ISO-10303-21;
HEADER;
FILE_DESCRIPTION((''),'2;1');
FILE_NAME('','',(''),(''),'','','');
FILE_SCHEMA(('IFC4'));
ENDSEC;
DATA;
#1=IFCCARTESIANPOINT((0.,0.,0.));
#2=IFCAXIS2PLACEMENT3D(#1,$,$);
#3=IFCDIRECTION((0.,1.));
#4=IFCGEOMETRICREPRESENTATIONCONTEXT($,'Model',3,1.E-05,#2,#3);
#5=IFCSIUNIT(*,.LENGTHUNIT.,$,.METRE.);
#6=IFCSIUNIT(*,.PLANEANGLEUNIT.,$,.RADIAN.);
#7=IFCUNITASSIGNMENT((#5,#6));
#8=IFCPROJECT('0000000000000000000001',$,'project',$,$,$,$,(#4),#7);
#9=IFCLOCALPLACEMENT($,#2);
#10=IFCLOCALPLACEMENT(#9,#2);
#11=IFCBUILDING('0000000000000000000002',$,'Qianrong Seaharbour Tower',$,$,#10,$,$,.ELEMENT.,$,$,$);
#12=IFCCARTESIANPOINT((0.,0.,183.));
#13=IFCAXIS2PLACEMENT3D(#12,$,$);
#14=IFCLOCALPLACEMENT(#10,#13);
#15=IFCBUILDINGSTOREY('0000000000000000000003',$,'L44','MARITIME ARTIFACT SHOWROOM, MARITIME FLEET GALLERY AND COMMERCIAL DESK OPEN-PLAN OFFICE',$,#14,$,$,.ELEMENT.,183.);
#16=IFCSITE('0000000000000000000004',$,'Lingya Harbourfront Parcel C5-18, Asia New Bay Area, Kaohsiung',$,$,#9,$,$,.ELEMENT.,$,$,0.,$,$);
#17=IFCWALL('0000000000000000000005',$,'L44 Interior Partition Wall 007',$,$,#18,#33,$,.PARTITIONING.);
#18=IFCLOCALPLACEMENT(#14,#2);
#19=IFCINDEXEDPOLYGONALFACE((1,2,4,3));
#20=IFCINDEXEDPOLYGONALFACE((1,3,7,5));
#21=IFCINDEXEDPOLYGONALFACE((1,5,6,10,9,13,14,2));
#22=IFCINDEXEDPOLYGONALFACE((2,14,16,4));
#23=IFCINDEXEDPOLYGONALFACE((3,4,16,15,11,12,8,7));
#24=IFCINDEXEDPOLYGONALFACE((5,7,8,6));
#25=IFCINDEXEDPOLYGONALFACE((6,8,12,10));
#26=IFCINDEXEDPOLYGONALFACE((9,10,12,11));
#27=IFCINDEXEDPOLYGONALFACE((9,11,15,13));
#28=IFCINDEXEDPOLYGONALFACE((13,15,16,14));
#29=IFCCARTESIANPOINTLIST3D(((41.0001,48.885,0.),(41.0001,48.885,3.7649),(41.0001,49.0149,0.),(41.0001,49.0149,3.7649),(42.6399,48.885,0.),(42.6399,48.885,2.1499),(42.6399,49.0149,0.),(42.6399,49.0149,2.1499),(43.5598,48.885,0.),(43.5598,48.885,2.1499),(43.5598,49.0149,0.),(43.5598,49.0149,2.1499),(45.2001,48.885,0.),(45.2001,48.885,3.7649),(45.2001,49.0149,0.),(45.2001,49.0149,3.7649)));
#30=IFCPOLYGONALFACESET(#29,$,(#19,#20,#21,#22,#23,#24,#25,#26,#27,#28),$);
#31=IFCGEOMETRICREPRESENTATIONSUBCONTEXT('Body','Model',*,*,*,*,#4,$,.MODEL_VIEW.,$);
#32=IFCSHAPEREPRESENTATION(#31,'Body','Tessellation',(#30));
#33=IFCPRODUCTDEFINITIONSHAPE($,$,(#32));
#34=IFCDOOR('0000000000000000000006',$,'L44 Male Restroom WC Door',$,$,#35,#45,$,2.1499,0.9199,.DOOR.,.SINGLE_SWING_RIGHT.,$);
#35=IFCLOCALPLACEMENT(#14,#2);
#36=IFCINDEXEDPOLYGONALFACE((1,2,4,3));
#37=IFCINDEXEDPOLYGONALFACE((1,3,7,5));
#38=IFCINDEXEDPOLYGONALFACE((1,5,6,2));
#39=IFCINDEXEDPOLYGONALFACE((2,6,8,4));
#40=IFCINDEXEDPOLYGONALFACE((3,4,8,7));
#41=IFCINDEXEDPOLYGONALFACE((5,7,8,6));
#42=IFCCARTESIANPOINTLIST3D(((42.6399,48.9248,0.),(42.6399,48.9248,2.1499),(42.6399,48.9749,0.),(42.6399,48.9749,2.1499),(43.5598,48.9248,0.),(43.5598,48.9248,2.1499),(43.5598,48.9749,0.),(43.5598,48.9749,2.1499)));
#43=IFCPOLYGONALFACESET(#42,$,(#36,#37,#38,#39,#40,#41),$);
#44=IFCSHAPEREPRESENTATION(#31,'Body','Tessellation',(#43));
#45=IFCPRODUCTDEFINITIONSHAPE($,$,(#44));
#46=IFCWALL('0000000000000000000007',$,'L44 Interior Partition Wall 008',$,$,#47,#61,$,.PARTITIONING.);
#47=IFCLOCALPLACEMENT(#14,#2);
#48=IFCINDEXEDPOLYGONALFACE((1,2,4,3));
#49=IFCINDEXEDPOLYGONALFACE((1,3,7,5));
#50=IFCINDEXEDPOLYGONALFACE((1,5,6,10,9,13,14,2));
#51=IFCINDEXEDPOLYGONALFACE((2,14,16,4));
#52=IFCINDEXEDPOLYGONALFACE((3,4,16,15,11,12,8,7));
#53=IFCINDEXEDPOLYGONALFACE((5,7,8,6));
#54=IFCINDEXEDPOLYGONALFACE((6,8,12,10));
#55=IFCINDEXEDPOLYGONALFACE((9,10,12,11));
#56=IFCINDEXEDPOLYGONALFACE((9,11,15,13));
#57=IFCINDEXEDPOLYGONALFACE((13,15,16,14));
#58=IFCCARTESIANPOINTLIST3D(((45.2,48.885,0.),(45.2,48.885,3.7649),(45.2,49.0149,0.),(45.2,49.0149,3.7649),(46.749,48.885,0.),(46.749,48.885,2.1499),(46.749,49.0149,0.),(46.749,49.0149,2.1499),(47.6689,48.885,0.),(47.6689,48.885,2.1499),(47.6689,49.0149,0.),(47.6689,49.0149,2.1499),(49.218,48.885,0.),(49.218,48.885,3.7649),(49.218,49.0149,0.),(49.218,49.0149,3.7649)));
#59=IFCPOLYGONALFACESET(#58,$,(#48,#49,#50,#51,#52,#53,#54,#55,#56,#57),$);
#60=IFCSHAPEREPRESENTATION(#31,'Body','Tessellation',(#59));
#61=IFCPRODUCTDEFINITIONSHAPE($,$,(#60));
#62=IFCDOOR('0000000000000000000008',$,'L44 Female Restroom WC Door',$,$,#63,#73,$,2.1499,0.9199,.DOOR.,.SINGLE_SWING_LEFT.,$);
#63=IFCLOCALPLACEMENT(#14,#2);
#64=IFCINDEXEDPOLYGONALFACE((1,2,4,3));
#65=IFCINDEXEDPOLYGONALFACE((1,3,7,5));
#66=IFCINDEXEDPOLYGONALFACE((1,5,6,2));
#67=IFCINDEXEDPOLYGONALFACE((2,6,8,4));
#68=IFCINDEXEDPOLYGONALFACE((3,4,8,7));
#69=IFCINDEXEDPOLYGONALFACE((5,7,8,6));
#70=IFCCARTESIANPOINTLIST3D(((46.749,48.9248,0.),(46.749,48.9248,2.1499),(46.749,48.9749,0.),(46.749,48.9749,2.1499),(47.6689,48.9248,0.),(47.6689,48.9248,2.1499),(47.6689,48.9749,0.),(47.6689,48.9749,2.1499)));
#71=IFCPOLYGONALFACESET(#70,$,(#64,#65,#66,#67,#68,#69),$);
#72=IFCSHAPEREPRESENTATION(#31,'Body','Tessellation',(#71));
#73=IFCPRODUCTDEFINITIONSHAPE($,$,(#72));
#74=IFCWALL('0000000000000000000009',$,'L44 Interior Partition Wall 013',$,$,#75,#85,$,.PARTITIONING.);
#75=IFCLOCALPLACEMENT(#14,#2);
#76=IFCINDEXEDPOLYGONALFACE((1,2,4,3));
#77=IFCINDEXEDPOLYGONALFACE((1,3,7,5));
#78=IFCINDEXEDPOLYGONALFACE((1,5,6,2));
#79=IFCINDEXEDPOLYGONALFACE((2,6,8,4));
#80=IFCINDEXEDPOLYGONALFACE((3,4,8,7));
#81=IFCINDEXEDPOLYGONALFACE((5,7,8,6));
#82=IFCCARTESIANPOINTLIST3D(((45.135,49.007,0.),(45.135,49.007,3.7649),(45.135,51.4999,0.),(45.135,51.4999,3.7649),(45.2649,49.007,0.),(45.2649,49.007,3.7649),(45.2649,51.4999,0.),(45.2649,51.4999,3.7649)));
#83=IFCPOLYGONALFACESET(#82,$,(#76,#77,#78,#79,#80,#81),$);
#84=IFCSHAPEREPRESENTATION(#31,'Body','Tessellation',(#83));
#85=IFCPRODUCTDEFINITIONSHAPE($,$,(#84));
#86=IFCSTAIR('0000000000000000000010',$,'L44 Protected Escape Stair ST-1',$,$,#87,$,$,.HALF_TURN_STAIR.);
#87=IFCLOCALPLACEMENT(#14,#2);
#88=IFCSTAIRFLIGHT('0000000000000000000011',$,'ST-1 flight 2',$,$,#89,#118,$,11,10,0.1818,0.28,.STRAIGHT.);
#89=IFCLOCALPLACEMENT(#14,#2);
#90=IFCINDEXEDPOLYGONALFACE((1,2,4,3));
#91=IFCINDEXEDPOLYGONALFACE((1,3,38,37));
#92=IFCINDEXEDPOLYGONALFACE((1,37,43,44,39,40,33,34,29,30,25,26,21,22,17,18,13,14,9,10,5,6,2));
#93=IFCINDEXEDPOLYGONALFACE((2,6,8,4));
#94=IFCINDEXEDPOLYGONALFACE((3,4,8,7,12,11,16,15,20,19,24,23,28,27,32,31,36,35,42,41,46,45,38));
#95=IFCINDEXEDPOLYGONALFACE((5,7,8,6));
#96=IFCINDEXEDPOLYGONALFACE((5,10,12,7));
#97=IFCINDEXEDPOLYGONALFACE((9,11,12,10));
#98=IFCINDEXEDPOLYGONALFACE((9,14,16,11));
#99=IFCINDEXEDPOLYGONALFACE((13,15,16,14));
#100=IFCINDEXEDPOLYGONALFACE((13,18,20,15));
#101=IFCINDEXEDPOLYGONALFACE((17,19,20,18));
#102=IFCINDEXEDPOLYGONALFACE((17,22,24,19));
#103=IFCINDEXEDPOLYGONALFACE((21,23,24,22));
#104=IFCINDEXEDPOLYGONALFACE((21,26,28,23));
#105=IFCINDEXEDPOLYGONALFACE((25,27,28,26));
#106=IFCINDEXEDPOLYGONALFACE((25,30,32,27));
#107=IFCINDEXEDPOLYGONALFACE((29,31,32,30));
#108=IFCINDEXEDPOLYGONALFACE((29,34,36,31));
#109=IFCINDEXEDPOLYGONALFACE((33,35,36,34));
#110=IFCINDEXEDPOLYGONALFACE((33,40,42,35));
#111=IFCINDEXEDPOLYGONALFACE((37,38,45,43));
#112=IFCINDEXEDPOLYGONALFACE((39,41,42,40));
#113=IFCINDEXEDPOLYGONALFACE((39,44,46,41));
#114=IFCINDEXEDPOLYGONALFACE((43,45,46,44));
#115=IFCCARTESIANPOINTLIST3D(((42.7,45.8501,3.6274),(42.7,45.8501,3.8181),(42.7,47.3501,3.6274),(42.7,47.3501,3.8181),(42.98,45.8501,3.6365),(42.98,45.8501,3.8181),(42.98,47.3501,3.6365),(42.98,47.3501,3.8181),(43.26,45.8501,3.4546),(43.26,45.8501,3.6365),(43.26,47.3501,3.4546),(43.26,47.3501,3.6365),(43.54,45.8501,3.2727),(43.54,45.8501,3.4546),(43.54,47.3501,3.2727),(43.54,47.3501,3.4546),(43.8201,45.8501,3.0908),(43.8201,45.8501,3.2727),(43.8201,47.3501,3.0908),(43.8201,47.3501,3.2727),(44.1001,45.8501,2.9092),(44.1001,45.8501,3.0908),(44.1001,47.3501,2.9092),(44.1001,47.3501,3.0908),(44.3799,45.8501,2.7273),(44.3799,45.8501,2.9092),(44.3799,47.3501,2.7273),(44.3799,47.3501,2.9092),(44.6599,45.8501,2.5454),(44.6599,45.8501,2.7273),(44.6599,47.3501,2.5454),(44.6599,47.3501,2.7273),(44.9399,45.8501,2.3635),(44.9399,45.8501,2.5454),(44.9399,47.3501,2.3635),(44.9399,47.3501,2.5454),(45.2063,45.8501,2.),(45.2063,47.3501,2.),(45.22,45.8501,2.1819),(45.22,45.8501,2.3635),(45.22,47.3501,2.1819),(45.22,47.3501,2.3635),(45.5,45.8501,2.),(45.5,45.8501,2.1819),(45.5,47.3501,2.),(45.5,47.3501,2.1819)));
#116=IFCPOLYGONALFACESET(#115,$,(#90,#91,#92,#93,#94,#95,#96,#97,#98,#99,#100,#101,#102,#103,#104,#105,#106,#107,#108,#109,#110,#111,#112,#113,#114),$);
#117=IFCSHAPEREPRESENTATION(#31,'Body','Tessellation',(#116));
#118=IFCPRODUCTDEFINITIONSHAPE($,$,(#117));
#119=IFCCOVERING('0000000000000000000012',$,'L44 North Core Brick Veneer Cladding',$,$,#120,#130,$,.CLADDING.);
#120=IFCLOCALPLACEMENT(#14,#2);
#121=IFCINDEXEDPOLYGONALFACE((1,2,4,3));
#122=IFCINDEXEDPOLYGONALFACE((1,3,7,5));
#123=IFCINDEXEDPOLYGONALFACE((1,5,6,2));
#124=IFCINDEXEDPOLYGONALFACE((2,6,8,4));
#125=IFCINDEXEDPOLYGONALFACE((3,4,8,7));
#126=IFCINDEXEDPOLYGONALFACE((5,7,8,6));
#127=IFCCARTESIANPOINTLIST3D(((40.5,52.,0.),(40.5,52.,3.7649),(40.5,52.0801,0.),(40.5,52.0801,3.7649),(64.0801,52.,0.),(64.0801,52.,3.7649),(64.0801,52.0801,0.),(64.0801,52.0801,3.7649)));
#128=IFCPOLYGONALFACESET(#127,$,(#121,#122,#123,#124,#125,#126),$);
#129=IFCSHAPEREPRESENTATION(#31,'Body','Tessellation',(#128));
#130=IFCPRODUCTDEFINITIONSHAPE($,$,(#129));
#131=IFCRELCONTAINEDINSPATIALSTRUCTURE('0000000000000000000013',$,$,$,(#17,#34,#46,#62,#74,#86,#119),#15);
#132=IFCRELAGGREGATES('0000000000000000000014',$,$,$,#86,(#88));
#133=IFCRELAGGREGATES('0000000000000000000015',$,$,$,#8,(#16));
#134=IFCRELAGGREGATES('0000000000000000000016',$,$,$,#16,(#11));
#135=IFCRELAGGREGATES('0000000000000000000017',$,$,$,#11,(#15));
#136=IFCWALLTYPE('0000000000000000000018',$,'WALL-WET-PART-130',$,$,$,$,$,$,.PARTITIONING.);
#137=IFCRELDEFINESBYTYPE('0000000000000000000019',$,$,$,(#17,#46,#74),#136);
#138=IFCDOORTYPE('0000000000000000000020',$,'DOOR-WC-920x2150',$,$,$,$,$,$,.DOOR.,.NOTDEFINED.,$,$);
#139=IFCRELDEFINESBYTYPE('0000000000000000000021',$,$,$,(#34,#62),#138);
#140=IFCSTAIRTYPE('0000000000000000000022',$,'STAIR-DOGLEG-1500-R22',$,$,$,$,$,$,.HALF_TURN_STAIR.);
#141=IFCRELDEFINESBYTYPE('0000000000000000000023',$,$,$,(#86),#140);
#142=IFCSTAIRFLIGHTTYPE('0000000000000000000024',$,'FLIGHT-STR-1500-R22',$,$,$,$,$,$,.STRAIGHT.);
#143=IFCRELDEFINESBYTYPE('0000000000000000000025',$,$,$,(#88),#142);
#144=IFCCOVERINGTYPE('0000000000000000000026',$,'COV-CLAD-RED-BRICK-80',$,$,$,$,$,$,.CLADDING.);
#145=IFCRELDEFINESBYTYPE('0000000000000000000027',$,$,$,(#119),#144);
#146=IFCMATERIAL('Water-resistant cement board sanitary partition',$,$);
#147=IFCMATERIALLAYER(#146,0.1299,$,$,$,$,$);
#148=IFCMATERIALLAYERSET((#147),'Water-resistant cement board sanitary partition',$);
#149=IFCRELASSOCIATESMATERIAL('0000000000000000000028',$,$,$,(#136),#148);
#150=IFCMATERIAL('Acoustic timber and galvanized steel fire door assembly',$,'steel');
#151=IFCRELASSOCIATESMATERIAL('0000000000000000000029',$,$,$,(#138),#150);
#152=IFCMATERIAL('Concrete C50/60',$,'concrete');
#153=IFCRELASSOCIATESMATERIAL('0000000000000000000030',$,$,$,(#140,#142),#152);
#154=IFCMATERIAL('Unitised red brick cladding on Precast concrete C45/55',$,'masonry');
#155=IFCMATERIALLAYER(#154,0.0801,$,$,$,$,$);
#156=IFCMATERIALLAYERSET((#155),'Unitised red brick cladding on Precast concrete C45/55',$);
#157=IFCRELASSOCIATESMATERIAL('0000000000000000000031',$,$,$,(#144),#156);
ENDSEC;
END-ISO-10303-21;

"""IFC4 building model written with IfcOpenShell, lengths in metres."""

from ifc_helpers import new_model, si_unit, direction, frame, frame_2d, origin, origin_2d, place, context, subcontext, project, spatial, polyline, rectangle, outline, extrude, material, layer, layer_set, type_object, element, fill, aggregate, save


model = new_model("IFC4")

# Units and contexts
model_context = context("Model", 3, precision=1e-05, world=origin(), true_north=direction((0.0, 1.0)))
body_context = subcontext(model_context, "Body", "Model", "MODEL_VIEW")
ifc_project = project(units=[si_unit("LENGTHUNIT", "METRE"), si_unit("PLANEANGLEUNIT", "RADIAN")], contexts=[model_context])

# Site, building, storey
site_placement = place(None, origin())
site = spatial("IfcSite", under=ifc_project, at=site_placement, Name="Lingya Harbourfront Parcel C5-18, Asia New Bay Area, Kaohsiung", CompositionType="ELEMENT", RefElevation=0.0)
building_placement = place(site_placement, origin())
building = spatial("IfcBuilding", under=site, at=building_placement, Name="Qianrong Seaharbour Tower", CompositionType="ELEMENT")
storey_placement = place(building_placement, frame((0.0, 0.0, 183.0)))
storey = spatial("IfcBuildingStorey", under=building, at=storey_placement, Name="L44", Description="MARITIME ARTIFACT SHOWROOM, MARITIME FLEET GALLERY AND COMMERCIAL DESK OPEN-PLAN OFFICE", CompositionType="ELEMENT", Elevation=183.0)

# Shared definitions
ifc_material_1 = material(Name="Concrete C50/60", Category="concrete")

# Walls, openings, doors
ifc_material_2 = material(Name="Acoustic timber and galvanized steel fire door assembly", Category="steel")
ifc_material_3 = material(Name="Water-resistant cement board sanitary partition")
ifc_layer_1 = layer(ifc_material_3, 0.1299)
ifc_layer_set_1 = layer_set([ifc_layer_1], Name="Water-resistant cement board sanitary partition")
wall_type_1 = type_object("IfcWallType", Name="WALL-WET-PART-130", PredefinedType="PARTITIONING", material=ifc_layer_set_1)
wall_1_placement = place(storey_placement, frame((41.0, 48.95, 0.0), z_axis=(0.0, 0.0, 1.0), x_axis=(1.0, 0.0, 0.0)))
wall_1 = element("IfcWall", 1, at=wall_1_placement, inside=storey, type_object=wall_type_1, Name="L44 Interior Partition Wall 007", PredefinedType="PARTITIONING", context=body_context, shape_type="SweptSolid", body=[
    extrude(rectangle(XDim=4.2, YDim=0.1299, at=frame_2d((2.1001, 0.0))), origin(), (0.0, 0.0, 1.0), 3.7649),
])
opening_1_placement = place(wall_1_placement, frame((1.6399, 0.0, 0.0)))
opening_1 = element("IfcOpeningElement", 2, at=opening_1_placement, cuts=wall_1, PredefinedType="OPENING", context=body_context, shape_type="SweptSolid", body=[
    extrude(rectangle(XDim=0.9199, YDim=2.1499, at=frame_2d((0.46, 1.075))), frame((0.0, 0.075, 0.0), z_axis=(0.0, -1.0, 0.0), x_axis=(1.0, 0.0, 0.0)), (0.0, 0.0, 1.0), 0.1499),
])
door_type_1 = type_object("IfcDoorType", Name="DOOR-WC-920x2150", OperationType="NOTDEFINED", PredefinedType="DOOR", material=ifc_material_2)
door_1_placement = place(opening_1_placement, origin())
door_1 = element("IfcDoor", 3, at=door_1_placement, inside=storey, type_object=door_type_1, Name="L44 Male Restroom WC Door", OperationType="SINGLE_SWING_RIGHT", OverallHeight=2.1499, OverallWidth=0.9199, PredefinedType="DOOR", context=body_context, shape_type="SweptSolid", body=[
    extrude(rectangle(XDim=0.9199, YDim=2.1499, at=frame_2d((0.46, 1.075))), frame((0.0, 0.0249, 0.0), z_axis=(0.0, -1.0, 0.0), x_axis=(1.0, 0.0, 0.0)), (0.0, 0.0, 1.0), 0.05),
])
fill(opening_1, door_1)
wall_2_placement = place(storey_placement, frame((45.2, 48.95, 0.0), z_axis=(0.0, 0.0, 1.0), x_axis=(1.0, 0.0, 0.0)))
wall_2 = element("IfcWall", 4, at=wall_2_placement, inside=storey, type_object=wall_type_1, Name="L44 Interior Partition Wall 008", PredefinedType="PARTITIONING", context=body_context, shape_type="SweptSolid", body=[
    extrude(rectangle(XDim=4.0181, YDim=0.1299, at=frame_2d((2.009, 0.0))), origin(), (0.0, 0.0, 1.0), 3.7649),
])
opening_2_placement = place(wall_2_placement, frame((1.5491, 0.0, 0.0)))
opening_2 = element("IfcOpeningElement", 5, at=opening_2_placement, cuts=wall_2, PredefinedType="OPENING", context=body_context, shape_type="SweptSolid", body=[
    extrude(rectangle(XDim=0.9199, YDim=2.1499, at=frame_2d((0.46, 1.075))), frame((0.0, 0.075, 0.0), z_axis=(0.0, -1.0, 0.0), x_axis=(1.0, 0.0, 0.0)), (0.0, 0.0, 1.0), 0.1499),
])
door_2_placement = place(opening_2_placement, origin())
door_2 = element("IfcDoor", 6, at=door_2_placement, inside=storey, type_object=door_type_1, Name="L44 Female Restroom WC Door", OperationType="SINGLE_SWING_LEFT", OverallHeight=2.1499, OverallWidth=0.9199, PredefinedType="DOOR", context=body_context, shape_type="SweptSolid", body=[
    extrude(rectangle(XDim=0.9199, YDim=2.1499, at=frame_2d((0.46, 1.075))), frame((0.0, 0.0249, 0.0), z_axis=(0.0, -1.0, 0.0), x_axis=(1.0, 0.0, 0.0)), (0.0, 0.0, 1.0), 0.05),
])
fill(opening_2, door_2)

# Wall
wall_3_placement = place(storey_placement, frame((45.2, 51.5, 0.0), z_axis=(0.0, 0.0, 1.0), x_axis=(0.0, -1.0, 0.0)))
element("IfcWall", 7, at=wall_3_placement, inside=storey, type_object=wall_type_1, Name="L44 Interior Partition Wall 013", PredefinedType="PARTITIONING", context=body_context, shape_type="SweptSolid", body=[
    extrude(rectangle(XDim=2.4929, YDim=0.1299, at=frame_2d((1.2466, 0.0))), origin(), (0.0, 0.0, 1.0), 3.7649),
])

# Stair, stair flight
stair_type = type_object("IfcStairType", Name="STAIR-DOGLEG-1500-R22", PredefinedType="HALF_TURN_STAIR", material=ifc_material_1)
stair_placement = place(storey_placement, origin())
stair = element("IfcStair", 8, at=stair_placement, inside=storey, type_object=stair_type, Name="L44 Protected Escape Stair ST-1", PredefinedType="HALF_TURN_STAIR")
stair_flight_type = type_object("IfcStairFlightType", Name="FLIGHT-STR-1500-R22", PredefinedType="STRAIGHT", material=ifc_material_1)
stair_flight_placement = place(storey_placement, frame((45.5, 46.6001, 2.0), z_axis=(0.0, 0.0, 1.0), x_axis=(-1.0, 0.0, 0.0)))
stair_flight = element("IfcStairFlight", 9, at=stair_flight_placement, type_object=stair_flight_type, Name="ST-1 flight 2", NumberOfRisers=11, NumberOfTreads=10, PredefinedType="STRAIGHT", RiserHeight=0.1818, TreadLength=0.28, context=body_context, shape_type="SweptSolid", body=[
    extrude(outline(polyline([(0.0, 0.0), (0.0, 0.1819), (0.28, 0.1819), (0.28, 0.3635), (0.5601, 0.3635), (0.5601, 0.5454), (0.8401, 0.5454), (0.8401, 0.7273), (1.1201, 0.7273), (1.1201, 0.9092), (1.3999, 0.9092), (1.3999, 1.0908), (1.6799, 1.0908), (1.6799, 1.2727), (1.96, 1.2727), (1.96, 1.4546), (2.24, 1.4546), (2.24, 1.6365), (2.52, 1.6365), (2.52, 1.8181), (2.8, 1.8181), (2.8, 2.0), (2.8, 1.6274), (0.2937, 0.0), (0.0, 0.0)])), frame((0.0, 0.75, 0.0), z_axis=(0.0, -1.0, 0.0), x_axis=(1.0, 0.0, 0.0)), (0.0, 0.0, 1.0), 1.5),
])
aggregate(stair, [stair_flight])

# Covering
ifc_material_4 = material(Name="Unitised red brick cladding on Precast concrete C45/55", Category="masonry")
ifc_layer_2 = layer(ifc_material_4, 0.0801)
ifc_layer_set_2 = layer_set([ifc_layer_2], Name="Unitised red brick cladding on Precast concrete C45/55")
covering_type = type_object("IfcCoveringType", Name="COV-CLAD-RED-BRICK-80", PredefinedType="CLADDING", material=ifc_layer_set_2)
covering_placement = place(storey_placement, frame((52.29, 52.04, 0.0), z_axis=(0.0, 0.0, 1.0), x_axis=(1.0, 0.0, 0.0)))
element("IfcCovering", 10, at=covering_placement, inside=storey, type_object=covering_type, Name="L44 North Core Brick Veneer Cladding", PredefinedType="CLADDING", context=body_context, shape_type="SweptSolid", body=[
    extrude(rectangle(XDim=23.5801, YDim=0.0801, at=origin_2d()), origin(), (0.0, 0.0, 1.0), 3.7649),
])

save(model, "model.ifc")
